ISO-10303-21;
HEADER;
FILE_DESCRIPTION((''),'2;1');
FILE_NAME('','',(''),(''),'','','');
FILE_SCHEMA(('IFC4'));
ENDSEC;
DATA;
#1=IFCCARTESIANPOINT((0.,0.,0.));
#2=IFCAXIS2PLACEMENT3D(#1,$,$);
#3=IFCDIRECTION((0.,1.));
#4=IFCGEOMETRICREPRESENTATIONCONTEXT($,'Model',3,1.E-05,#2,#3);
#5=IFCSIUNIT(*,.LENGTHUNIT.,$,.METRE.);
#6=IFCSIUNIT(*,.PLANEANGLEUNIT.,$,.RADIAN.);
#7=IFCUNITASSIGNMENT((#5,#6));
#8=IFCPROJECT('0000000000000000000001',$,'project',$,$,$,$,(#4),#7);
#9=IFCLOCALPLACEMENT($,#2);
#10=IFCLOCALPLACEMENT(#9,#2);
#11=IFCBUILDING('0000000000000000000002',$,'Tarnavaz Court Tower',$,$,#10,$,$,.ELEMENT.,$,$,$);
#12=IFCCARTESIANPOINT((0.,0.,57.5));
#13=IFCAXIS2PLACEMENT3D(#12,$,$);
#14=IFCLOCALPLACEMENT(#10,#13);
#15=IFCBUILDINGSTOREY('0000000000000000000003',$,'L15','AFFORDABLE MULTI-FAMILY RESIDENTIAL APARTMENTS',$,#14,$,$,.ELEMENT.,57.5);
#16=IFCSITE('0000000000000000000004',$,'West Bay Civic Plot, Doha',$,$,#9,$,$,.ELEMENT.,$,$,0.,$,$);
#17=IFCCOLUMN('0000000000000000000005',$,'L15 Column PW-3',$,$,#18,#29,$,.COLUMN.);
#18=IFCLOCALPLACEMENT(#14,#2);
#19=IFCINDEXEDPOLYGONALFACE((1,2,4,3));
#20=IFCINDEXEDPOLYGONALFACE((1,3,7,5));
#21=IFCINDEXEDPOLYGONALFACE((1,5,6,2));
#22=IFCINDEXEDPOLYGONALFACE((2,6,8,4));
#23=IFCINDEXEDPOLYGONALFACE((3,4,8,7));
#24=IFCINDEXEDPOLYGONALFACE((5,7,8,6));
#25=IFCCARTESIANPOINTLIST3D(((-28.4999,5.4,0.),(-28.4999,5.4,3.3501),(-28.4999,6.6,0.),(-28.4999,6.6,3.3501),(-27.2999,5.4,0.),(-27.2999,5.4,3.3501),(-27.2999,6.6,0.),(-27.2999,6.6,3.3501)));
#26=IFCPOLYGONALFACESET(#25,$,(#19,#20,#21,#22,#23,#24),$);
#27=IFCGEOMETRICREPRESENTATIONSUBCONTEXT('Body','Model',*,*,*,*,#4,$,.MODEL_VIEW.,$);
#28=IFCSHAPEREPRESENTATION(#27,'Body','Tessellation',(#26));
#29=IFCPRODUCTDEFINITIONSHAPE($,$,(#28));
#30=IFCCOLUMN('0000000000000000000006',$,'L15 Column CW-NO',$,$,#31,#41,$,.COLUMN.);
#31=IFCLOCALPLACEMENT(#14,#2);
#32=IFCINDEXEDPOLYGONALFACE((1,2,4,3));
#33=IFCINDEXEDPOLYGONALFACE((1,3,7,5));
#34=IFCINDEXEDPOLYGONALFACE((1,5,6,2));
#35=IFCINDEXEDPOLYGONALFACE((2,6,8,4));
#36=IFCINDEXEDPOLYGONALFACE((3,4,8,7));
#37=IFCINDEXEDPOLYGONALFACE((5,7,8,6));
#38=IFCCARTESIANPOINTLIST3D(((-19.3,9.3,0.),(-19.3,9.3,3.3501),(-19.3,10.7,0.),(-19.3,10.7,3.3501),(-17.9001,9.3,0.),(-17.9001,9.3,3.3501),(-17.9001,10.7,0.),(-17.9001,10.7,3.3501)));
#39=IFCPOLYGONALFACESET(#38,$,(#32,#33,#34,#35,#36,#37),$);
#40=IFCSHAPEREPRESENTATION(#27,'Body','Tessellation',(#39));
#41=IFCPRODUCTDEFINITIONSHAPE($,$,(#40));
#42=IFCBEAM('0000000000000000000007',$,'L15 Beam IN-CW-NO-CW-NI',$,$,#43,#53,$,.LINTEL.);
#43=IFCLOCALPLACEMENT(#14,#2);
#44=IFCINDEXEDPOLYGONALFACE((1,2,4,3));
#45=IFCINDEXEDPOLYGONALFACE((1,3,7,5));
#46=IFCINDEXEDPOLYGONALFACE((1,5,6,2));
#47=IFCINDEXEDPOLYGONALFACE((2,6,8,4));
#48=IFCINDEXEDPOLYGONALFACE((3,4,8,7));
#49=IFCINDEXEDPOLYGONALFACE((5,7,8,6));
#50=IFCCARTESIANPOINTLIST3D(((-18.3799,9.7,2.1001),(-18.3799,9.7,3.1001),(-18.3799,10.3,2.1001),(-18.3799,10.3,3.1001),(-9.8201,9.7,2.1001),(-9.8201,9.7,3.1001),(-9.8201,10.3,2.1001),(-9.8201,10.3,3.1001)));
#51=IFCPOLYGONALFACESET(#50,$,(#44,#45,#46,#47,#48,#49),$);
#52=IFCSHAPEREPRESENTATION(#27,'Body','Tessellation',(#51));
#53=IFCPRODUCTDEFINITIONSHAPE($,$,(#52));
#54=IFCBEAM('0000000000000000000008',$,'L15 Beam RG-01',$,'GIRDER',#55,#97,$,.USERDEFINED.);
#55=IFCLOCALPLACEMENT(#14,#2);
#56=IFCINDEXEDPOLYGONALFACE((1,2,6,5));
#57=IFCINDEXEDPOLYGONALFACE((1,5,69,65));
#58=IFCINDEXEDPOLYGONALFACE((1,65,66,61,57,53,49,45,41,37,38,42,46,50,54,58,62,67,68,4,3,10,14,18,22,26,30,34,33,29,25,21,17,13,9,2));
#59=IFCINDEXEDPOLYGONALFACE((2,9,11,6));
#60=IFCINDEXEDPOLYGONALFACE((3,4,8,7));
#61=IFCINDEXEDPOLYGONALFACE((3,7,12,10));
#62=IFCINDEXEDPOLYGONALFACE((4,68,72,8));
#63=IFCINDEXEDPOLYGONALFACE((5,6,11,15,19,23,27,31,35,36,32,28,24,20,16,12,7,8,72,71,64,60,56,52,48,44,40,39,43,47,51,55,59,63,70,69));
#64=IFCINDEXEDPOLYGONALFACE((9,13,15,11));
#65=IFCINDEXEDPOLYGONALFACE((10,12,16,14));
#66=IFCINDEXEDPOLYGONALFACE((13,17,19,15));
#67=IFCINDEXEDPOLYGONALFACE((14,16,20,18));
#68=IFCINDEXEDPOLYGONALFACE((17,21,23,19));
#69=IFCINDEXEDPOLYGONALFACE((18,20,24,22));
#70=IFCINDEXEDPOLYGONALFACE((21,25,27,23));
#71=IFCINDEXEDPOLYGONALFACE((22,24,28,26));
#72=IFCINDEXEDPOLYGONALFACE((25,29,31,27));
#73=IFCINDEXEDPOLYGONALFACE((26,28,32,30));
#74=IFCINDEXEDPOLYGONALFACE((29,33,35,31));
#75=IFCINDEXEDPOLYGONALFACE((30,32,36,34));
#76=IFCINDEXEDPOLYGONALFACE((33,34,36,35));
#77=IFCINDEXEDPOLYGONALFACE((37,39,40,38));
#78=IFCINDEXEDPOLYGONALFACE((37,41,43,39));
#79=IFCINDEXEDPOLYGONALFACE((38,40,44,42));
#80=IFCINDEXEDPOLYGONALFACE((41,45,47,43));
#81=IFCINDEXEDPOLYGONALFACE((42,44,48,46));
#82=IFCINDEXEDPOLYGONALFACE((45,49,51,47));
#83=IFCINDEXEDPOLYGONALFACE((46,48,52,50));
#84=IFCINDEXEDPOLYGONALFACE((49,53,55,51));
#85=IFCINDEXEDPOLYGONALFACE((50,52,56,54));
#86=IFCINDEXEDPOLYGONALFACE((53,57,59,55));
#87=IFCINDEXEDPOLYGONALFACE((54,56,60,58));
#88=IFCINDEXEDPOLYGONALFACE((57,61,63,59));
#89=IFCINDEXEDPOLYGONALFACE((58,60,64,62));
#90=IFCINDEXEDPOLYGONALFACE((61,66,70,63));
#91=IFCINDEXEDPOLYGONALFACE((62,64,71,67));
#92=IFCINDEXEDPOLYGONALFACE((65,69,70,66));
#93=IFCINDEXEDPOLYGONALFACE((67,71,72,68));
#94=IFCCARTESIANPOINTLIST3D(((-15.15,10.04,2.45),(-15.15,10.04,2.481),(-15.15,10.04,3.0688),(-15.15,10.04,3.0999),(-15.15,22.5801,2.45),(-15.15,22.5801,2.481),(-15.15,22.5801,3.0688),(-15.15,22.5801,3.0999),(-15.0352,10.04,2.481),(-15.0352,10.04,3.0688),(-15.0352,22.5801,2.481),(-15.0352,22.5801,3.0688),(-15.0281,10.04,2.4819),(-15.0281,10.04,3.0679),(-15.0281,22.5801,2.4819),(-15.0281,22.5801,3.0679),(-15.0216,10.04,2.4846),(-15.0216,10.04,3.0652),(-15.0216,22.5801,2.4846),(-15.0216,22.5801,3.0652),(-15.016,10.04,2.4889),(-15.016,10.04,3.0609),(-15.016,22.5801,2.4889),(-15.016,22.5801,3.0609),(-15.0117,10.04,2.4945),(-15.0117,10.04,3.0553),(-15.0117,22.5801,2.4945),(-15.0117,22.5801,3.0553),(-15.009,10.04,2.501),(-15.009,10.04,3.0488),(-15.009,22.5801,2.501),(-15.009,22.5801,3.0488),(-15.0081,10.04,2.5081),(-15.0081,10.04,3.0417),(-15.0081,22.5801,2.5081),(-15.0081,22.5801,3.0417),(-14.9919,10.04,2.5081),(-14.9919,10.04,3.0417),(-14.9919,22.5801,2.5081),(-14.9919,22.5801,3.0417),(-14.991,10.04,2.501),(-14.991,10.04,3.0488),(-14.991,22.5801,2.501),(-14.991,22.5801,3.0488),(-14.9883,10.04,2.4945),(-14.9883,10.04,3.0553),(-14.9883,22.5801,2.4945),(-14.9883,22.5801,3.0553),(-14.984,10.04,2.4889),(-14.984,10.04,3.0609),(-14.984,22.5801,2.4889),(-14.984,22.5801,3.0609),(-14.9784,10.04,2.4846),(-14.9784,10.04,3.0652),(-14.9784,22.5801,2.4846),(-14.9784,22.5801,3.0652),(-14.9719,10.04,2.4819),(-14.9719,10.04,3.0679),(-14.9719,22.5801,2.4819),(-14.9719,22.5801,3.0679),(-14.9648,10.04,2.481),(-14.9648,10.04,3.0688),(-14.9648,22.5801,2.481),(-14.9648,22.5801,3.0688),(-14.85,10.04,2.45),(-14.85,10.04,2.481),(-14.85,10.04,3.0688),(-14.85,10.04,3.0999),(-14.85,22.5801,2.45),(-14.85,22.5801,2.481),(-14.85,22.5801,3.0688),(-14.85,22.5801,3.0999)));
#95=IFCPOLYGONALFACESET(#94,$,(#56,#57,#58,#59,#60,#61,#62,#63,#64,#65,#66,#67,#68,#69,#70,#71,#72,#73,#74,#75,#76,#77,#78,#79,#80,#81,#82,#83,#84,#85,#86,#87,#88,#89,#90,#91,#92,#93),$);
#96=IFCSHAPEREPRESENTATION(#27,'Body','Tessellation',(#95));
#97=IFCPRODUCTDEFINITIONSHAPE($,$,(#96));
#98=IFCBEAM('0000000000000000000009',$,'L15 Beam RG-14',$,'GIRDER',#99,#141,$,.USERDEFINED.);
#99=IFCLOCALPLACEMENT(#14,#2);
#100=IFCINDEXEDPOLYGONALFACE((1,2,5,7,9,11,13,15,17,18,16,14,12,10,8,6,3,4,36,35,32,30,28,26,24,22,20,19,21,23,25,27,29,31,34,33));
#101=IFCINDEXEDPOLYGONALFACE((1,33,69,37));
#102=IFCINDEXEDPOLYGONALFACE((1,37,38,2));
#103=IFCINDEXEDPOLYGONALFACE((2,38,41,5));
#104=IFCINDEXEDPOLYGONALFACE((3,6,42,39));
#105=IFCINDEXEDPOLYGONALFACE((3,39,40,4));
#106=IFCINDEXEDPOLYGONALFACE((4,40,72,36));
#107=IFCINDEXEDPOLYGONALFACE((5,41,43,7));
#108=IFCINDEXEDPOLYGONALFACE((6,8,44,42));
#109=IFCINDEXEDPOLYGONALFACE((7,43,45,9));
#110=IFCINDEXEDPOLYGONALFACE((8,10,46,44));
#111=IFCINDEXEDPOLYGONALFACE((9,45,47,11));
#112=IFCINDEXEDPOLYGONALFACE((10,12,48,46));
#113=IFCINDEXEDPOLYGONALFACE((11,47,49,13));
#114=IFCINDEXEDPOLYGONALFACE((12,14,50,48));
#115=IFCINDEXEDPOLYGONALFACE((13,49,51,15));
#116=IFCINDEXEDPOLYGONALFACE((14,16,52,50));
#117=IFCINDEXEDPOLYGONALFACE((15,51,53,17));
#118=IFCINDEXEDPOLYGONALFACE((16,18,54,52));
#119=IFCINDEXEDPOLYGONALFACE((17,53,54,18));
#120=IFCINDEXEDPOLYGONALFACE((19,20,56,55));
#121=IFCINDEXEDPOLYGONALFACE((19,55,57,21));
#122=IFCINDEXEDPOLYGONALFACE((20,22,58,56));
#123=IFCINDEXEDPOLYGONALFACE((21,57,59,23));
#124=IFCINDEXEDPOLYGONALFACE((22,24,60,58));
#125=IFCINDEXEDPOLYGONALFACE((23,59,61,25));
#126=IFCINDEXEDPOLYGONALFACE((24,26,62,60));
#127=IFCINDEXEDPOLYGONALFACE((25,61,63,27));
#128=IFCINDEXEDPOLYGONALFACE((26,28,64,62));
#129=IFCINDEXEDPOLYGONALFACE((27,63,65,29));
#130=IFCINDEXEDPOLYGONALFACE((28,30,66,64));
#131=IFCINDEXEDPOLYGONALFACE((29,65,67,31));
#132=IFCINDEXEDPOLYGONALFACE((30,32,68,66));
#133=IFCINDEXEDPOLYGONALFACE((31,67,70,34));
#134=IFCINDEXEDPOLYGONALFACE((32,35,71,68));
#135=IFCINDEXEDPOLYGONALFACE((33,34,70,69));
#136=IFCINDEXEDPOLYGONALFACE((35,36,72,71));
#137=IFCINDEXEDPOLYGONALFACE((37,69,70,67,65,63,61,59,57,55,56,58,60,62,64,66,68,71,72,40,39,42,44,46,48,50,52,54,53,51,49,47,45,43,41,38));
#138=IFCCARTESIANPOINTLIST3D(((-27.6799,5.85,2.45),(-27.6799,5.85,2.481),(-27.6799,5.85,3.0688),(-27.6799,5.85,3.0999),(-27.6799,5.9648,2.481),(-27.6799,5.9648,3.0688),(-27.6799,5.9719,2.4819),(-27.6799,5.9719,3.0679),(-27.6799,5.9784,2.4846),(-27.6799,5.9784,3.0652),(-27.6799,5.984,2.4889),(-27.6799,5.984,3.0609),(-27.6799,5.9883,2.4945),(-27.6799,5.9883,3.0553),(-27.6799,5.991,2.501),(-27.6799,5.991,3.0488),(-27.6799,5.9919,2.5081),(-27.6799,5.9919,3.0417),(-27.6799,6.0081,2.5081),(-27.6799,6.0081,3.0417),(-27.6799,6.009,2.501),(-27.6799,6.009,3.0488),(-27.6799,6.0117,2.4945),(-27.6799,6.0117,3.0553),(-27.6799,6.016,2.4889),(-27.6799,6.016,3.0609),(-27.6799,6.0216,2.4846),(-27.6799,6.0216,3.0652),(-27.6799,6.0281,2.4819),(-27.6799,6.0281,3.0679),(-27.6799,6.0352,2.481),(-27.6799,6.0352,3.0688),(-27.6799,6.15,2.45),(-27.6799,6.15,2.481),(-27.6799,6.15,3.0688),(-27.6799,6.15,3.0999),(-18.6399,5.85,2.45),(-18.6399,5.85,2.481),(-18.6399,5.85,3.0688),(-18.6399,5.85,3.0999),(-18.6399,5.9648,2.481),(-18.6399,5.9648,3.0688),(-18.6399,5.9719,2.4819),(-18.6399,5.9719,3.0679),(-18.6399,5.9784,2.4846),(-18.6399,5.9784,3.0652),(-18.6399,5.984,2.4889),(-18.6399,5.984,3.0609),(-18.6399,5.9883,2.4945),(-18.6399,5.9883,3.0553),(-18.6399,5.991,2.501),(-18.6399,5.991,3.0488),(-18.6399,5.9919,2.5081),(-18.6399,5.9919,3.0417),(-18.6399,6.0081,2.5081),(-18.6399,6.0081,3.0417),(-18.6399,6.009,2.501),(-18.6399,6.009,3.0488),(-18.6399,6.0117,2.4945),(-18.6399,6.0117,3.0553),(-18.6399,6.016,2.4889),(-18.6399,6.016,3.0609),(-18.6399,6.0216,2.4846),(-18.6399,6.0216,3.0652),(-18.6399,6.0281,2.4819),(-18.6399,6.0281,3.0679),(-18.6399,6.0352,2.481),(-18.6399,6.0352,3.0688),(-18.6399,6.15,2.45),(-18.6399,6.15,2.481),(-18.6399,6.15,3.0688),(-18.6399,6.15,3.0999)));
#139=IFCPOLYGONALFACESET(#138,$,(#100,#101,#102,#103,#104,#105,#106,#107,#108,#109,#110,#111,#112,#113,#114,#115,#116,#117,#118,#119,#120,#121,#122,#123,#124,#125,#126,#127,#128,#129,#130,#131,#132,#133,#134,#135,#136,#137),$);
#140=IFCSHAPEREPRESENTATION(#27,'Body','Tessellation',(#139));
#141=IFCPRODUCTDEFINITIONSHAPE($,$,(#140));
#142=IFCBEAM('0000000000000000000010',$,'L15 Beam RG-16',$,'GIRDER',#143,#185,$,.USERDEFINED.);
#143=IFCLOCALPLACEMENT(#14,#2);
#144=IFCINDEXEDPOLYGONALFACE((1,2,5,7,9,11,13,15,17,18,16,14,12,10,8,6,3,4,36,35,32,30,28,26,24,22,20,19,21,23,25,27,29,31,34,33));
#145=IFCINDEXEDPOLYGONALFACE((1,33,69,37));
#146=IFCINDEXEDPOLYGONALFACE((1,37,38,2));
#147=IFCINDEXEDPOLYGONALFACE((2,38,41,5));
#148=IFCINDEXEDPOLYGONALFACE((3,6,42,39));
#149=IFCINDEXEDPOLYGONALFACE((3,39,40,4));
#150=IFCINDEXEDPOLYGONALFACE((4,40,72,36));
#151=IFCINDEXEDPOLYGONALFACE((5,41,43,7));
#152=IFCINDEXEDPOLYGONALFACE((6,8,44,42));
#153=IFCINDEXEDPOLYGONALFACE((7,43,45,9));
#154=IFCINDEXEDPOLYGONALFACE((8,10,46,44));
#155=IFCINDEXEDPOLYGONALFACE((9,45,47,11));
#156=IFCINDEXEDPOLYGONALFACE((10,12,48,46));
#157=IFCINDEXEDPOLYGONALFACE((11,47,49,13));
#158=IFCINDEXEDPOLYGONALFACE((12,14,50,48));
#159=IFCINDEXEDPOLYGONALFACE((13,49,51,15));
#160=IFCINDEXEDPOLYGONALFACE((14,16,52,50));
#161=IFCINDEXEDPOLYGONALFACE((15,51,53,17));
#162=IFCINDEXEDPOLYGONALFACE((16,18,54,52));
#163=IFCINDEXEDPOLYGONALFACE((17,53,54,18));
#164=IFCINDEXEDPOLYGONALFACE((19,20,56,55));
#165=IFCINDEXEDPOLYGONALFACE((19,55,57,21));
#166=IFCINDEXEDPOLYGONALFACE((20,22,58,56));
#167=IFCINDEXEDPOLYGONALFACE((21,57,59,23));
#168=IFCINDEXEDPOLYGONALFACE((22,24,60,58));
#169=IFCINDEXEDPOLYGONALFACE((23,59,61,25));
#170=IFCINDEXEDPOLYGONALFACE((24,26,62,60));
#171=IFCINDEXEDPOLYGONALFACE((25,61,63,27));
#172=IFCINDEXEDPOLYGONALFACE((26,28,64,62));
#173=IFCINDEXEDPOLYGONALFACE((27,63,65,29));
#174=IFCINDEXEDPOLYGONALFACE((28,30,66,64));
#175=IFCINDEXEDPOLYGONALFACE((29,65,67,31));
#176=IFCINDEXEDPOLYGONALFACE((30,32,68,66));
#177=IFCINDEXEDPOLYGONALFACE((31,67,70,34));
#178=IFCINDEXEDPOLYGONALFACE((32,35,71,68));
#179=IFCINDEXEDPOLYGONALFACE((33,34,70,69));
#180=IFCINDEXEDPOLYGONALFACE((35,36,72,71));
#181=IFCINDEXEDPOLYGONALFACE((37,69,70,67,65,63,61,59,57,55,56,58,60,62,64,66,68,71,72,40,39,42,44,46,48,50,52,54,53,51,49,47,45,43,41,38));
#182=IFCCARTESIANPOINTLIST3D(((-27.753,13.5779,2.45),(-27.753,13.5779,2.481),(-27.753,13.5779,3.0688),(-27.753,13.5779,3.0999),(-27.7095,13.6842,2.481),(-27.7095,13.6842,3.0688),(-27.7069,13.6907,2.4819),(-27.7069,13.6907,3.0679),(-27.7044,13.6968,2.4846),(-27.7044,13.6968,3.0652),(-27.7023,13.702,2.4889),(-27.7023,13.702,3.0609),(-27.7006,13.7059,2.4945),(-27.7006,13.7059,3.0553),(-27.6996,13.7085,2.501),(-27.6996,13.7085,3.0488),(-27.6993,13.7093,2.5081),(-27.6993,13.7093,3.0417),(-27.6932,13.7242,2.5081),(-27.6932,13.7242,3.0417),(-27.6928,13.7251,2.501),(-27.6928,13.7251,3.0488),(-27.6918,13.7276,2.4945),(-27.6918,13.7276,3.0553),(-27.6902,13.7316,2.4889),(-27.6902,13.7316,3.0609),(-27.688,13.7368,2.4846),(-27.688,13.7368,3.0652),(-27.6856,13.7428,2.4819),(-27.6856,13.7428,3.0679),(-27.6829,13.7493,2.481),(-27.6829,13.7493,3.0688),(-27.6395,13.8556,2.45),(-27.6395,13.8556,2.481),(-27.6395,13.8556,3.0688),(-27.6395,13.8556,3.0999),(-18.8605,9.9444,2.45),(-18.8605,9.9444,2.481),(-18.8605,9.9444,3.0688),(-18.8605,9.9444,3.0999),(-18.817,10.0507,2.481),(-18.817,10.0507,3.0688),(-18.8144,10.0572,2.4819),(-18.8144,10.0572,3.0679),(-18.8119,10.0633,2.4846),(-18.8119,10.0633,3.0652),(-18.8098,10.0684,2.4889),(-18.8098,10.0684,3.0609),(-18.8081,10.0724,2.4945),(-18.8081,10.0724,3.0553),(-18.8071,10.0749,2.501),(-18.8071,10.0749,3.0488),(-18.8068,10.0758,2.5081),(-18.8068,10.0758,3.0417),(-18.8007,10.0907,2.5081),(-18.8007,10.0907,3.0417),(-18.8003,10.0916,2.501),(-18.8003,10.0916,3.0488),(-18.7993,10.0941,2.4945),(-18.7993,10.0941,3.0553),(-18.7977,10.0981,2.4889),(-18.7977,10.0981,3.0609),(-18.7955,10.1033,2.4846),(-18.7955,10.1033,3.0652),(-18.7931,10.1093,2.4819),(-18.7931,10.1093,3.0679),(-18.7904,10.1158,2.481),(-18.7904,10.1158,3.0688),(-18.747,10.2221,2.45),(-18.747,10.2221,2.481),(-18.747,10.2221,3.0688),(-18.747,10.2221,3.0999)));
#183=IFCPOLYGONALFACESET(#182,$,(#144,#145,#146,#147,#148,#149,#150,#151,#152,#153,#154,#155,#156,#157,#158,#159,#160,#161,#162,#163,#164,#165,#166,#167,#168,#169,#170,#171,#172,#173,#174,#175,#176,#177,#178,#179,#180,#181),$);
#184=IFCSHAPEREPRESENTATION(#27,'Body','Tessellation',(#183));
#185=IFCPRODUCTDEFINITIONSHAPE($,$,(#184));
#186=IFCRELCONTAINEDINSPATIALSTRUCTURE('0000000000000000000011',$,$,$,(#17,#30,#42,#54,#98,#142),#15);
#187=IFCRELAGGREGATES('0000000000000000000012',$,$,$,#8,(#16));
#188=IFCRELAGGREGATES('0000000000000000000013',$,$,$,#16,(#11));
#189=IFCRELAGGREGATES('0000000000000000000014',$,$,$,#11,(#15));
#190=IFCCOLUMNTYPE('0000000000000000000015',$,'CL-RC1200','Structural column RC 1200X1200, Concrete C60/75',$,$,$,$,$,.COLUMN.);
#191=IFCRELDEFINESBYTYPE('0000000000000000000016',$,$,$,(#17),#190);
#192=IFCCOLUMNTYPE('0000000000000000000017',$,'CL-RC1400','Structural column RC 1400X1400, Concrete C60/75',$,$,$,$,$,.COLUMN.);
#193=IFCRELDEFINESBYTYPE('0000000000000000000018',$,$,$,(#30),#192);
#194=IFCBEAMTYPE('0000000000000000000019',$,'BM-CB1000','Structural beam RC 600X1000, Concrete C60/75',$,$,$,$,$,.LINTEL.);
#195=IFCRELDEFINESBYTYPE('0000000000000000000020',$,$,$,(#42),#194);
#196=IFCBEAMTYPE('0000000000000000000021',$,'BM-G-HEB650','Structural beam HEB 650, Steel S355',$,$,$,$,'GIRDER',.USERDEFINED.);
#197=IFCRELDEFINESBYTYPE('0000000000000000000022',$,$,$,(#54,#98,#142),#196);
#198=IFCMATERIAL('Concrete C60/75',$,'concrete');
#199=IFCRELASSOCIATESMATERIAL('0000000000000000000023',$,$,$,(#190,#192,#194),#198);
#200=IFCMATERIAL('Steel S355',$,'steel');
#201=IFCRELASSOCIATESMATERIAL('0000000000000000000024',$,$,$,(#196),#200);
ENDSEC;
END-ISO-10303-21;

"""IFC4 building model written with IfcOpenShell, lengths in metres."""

from ifc_helpers import new_model, si_unit, direction, frame, origin, origin_2d, place, context, subcontext, project, spatial, rectangle, i_section, extrude, material, material_profile, profile_set, type_object, element, save


model = new_model("IFC4")

# Units and contexts
model_context = context("Model", 3, precision=1e-05, world=origin(), true_north=direction((0.0, 1.0)))
body_context = subcontext(model_context, "Body", "Model", "MODEL_VIEW")
ifc_project = project(units=[si_unit("LENGTHUNIT", "METRE"), si_unit("PLANEANGLEUNIT", "RADIAN")], contexts=[model_context])

# Site, building, storey
site_placement = place(None, origin())
site = spatial("IfcSite", under=ifc_project, at=site_placement, Name="West Bay Civic Plot, Doha", CompositionType="ELEMENT", RefElevation=0.0)
building_placement = place(site_placement, origin())
building = spatial("IfcBuilding", under=site, at=building_placement, Name="Tarnavaz Court Tower", CompositionType="ELEMENT")
storey_placement = place(building_placement, frame((0.0, 0.0, 57.5)))
storey = spatial("IfcBuildingStorey", under=building, at=storey_placement, Name="L15", Description="AFFORDABLE MULTI-FAMILY RESIDENTIAL APARTMENTS", CompositionType="ELEMENT", Elevation=57.5)

# Columns
ifc_material_1 = material(Name="Concrete C60/75", Category="concrete")
ifc_material_profile_1 = material_profile(ifc_material_1, rectangle(XDim=1.2, YDim=1.2, at=origin_2d()), Name="RC 1200X1200")
ifc_profile_set_1 = profile_set([ifc_material_profile_1], Name="Concrete C60/75")
column_type_1 = type_object("IfcColumnType", Name="CL-RC1200", Description="Structural column RC 1200X1200, Concrete C60/75", PredefinedType="COLUMN", material=ifc_profile_set_1)
column_1_placement = place(storey_placement, frame((-27.8999, 6.0, 0.0), z_axis=(0.0, 0.0, 1.0), x_axis=(1.0, 0.0, 0.0)))
element("IfcColumn", 1, at=column_1_placement, inside=storey, type_object=column_type_1, Name="L15 Column PW-3", PredefinedType="COLUMN", context=body_context, shape_type="SweptSolid", body=[
    extrude(rectangle(XDim=1.2, YDim=1.2, at=origin_2d()), origin(), (0.0, 0.0, 1.0), 3.3501),
])
ifc_material_profile_2 = material_profile(ifc_material_1, rectangle(XDim=1.3999, YDim=1.3999, at=origin_2d()), Name="RC 1400X1400")
ifc_profile_set_2 = profile_set([ifc_material_profile_2], Name="Concrete C60/75")
column_type_2 = type_object("IfcColumnType", Name="CL-RC1400", Description="Structural column RC 1400X1400, Concrete C60/75", PredefinedType="COLUMN", material=ifc_profile_set_2)
column_2_placement = place(storey_placement, frame((-18.6001, 10.0, 0.0), z_axis=(0.0, 0.0, 1.0), x_axis=(1.0, 0.0, 0.0)))
element("IfcColumn", 2, at=column_2_placement, inside=storey, type_object=column_type_2, Name="L15 Column CW-NO", PredefinedType="COLUMN", context=body_context, shape_type="SweptSolid", body=[
    extrude(rectangle(XDim=1.3999, YDim=1.3999, at=origin_2d()), origin(), (0.0, 0.0, 1.0), 3.3501),
])

# Beams
ifc_material_profile_3 = material_profile(ifc_material_1, rectangle(XDim=0.6001, YDim=1.0, at=origin_2d()), Name="RC 600X1000")
ifc_profile_set_3 = profile_set([ifc_material_profile_3], Name="Concrete C60/75")
beam_type_1 = type_object("IfcBeamType", Name="BM-CB1000", Description="Structural beam RC 600X1000, Concrete C60/75", PredefinedType="LINTEL", material=ifc_profile_set_3)
beam_1_placement = place(storey_placement, frame((-18.3799, 10.0, 2.6001), z_axis=(1.0, 0.0, 0.0), x_axis=(0.0, 1.0, 0.0)))
element("IfcBeam", 3, at=beam_1_placement, inside=storey, type_object=beam_type_1, Name="L15 Beam IN-CW-NO-CW-NI", PredefinedType="LINTEL", context=body_context, shape_type="SweptSolid", body=[
    extrude(rectangle(XDim=0.6001, YDim=1.0, at=origin_2d()), origin(), (0.0, 0.0, 1.0), 8.5598),
])
ifc_material_2 = material(Name="Steel S355", Category="steel")
ifc_material_profile_4 = material_profile(ifc_material_2, i_section(OverallWidth=0.3, OverallDepth=0.6499, WebThickness=0.0161, FlangeThickness=0.031, FilletRadius=0.0271, at=origin_2d()), Name="HEB 650")
ifc_profile_set_4 = profile_set([ifc_material_profile_4], Name="Steel S355")
beam_type_2 = type_object("IfcBeamType", Name="BM-G-HEB650", Description="Structural beam HEB 650, Steel S355", ElementType="GIRDER", PredefinedType="USERDEFINED", material=ifc_profile_set_4)
beam_2_placement = place(storey_placement, frame((-15.0, 10.04, 2.7749), z_axis=(0.0, 1.0, 0.0), x_axis=(-1.0, 0.0, 0.0)))
element("IfcBeam", 4, at=beam_2_placement, inside=storey, type_object=beam_type_2, Name="L15 Beam RG-01", ObjectType="GIRDER", PredefinedType="USERDEFINED", context=body_context, shape_type="SweptSolid", body=[
    extrude(i_section(OverallWidth=0.3, OverallDepth=0.6499, WebThickness=0.0161, FlangeThickness=0.031, FilletRadius=0.0271, at=origin_2d()), origin(), (0.0, 0.0, 1.0), 12.54),
])
beam_3_placement = place(storey_placement, frame((-18.6399, 6.0, 2.7749), z_axis=(-1.0, 0.0, 0.0), x_axis=(0.0, -1.0, 0.0)))
element("IfcBeam", 5, at=beam_3_placement, inside=storey, type_object=beam_type_2, Name="L15 Beam RG-14", ObjectType="GIRDER", PredefinedType="USERDEFINED", context=body_context, shape_type="SweptSolid", body=[
    extrude(i_section(OverallWidth=0.3, OverallDepth=0.6499, WebThickness=0.0161, FlangeThickness=0.031, FilletRadius=0.0271, at=origin_2d()), origin(), (0.0, 0.0, 1.0), 9.04),
])
beam_4_placement = place(storey_placement, frame((-18.8037, 10.0833, 2.7749), z_axis=(-0.925705, 0.378247, 0.0), x_axis=(-0.378247, -0.925705, 0.0)))
element("IfcBeam", 6, at=beam_4_placement, inside=storey, type_object=beam_type_2, Name="L15 Beam RG-16", ObjectType="GIRDER", PredefinedType="USERDEFINED", context=body_context, shape_type="SweptSolid", body=[
    extrude(i_section(OverallWidth=0.3, OverallDepth=0.6499, WebThickness=0.0161, FlangeThickness=0.031, FilletRadius=0.0271, at=origin_2d()), origin(), (0.0, 0.0, 1.0), 9.6062),
])

save(model, "model.ifc")
